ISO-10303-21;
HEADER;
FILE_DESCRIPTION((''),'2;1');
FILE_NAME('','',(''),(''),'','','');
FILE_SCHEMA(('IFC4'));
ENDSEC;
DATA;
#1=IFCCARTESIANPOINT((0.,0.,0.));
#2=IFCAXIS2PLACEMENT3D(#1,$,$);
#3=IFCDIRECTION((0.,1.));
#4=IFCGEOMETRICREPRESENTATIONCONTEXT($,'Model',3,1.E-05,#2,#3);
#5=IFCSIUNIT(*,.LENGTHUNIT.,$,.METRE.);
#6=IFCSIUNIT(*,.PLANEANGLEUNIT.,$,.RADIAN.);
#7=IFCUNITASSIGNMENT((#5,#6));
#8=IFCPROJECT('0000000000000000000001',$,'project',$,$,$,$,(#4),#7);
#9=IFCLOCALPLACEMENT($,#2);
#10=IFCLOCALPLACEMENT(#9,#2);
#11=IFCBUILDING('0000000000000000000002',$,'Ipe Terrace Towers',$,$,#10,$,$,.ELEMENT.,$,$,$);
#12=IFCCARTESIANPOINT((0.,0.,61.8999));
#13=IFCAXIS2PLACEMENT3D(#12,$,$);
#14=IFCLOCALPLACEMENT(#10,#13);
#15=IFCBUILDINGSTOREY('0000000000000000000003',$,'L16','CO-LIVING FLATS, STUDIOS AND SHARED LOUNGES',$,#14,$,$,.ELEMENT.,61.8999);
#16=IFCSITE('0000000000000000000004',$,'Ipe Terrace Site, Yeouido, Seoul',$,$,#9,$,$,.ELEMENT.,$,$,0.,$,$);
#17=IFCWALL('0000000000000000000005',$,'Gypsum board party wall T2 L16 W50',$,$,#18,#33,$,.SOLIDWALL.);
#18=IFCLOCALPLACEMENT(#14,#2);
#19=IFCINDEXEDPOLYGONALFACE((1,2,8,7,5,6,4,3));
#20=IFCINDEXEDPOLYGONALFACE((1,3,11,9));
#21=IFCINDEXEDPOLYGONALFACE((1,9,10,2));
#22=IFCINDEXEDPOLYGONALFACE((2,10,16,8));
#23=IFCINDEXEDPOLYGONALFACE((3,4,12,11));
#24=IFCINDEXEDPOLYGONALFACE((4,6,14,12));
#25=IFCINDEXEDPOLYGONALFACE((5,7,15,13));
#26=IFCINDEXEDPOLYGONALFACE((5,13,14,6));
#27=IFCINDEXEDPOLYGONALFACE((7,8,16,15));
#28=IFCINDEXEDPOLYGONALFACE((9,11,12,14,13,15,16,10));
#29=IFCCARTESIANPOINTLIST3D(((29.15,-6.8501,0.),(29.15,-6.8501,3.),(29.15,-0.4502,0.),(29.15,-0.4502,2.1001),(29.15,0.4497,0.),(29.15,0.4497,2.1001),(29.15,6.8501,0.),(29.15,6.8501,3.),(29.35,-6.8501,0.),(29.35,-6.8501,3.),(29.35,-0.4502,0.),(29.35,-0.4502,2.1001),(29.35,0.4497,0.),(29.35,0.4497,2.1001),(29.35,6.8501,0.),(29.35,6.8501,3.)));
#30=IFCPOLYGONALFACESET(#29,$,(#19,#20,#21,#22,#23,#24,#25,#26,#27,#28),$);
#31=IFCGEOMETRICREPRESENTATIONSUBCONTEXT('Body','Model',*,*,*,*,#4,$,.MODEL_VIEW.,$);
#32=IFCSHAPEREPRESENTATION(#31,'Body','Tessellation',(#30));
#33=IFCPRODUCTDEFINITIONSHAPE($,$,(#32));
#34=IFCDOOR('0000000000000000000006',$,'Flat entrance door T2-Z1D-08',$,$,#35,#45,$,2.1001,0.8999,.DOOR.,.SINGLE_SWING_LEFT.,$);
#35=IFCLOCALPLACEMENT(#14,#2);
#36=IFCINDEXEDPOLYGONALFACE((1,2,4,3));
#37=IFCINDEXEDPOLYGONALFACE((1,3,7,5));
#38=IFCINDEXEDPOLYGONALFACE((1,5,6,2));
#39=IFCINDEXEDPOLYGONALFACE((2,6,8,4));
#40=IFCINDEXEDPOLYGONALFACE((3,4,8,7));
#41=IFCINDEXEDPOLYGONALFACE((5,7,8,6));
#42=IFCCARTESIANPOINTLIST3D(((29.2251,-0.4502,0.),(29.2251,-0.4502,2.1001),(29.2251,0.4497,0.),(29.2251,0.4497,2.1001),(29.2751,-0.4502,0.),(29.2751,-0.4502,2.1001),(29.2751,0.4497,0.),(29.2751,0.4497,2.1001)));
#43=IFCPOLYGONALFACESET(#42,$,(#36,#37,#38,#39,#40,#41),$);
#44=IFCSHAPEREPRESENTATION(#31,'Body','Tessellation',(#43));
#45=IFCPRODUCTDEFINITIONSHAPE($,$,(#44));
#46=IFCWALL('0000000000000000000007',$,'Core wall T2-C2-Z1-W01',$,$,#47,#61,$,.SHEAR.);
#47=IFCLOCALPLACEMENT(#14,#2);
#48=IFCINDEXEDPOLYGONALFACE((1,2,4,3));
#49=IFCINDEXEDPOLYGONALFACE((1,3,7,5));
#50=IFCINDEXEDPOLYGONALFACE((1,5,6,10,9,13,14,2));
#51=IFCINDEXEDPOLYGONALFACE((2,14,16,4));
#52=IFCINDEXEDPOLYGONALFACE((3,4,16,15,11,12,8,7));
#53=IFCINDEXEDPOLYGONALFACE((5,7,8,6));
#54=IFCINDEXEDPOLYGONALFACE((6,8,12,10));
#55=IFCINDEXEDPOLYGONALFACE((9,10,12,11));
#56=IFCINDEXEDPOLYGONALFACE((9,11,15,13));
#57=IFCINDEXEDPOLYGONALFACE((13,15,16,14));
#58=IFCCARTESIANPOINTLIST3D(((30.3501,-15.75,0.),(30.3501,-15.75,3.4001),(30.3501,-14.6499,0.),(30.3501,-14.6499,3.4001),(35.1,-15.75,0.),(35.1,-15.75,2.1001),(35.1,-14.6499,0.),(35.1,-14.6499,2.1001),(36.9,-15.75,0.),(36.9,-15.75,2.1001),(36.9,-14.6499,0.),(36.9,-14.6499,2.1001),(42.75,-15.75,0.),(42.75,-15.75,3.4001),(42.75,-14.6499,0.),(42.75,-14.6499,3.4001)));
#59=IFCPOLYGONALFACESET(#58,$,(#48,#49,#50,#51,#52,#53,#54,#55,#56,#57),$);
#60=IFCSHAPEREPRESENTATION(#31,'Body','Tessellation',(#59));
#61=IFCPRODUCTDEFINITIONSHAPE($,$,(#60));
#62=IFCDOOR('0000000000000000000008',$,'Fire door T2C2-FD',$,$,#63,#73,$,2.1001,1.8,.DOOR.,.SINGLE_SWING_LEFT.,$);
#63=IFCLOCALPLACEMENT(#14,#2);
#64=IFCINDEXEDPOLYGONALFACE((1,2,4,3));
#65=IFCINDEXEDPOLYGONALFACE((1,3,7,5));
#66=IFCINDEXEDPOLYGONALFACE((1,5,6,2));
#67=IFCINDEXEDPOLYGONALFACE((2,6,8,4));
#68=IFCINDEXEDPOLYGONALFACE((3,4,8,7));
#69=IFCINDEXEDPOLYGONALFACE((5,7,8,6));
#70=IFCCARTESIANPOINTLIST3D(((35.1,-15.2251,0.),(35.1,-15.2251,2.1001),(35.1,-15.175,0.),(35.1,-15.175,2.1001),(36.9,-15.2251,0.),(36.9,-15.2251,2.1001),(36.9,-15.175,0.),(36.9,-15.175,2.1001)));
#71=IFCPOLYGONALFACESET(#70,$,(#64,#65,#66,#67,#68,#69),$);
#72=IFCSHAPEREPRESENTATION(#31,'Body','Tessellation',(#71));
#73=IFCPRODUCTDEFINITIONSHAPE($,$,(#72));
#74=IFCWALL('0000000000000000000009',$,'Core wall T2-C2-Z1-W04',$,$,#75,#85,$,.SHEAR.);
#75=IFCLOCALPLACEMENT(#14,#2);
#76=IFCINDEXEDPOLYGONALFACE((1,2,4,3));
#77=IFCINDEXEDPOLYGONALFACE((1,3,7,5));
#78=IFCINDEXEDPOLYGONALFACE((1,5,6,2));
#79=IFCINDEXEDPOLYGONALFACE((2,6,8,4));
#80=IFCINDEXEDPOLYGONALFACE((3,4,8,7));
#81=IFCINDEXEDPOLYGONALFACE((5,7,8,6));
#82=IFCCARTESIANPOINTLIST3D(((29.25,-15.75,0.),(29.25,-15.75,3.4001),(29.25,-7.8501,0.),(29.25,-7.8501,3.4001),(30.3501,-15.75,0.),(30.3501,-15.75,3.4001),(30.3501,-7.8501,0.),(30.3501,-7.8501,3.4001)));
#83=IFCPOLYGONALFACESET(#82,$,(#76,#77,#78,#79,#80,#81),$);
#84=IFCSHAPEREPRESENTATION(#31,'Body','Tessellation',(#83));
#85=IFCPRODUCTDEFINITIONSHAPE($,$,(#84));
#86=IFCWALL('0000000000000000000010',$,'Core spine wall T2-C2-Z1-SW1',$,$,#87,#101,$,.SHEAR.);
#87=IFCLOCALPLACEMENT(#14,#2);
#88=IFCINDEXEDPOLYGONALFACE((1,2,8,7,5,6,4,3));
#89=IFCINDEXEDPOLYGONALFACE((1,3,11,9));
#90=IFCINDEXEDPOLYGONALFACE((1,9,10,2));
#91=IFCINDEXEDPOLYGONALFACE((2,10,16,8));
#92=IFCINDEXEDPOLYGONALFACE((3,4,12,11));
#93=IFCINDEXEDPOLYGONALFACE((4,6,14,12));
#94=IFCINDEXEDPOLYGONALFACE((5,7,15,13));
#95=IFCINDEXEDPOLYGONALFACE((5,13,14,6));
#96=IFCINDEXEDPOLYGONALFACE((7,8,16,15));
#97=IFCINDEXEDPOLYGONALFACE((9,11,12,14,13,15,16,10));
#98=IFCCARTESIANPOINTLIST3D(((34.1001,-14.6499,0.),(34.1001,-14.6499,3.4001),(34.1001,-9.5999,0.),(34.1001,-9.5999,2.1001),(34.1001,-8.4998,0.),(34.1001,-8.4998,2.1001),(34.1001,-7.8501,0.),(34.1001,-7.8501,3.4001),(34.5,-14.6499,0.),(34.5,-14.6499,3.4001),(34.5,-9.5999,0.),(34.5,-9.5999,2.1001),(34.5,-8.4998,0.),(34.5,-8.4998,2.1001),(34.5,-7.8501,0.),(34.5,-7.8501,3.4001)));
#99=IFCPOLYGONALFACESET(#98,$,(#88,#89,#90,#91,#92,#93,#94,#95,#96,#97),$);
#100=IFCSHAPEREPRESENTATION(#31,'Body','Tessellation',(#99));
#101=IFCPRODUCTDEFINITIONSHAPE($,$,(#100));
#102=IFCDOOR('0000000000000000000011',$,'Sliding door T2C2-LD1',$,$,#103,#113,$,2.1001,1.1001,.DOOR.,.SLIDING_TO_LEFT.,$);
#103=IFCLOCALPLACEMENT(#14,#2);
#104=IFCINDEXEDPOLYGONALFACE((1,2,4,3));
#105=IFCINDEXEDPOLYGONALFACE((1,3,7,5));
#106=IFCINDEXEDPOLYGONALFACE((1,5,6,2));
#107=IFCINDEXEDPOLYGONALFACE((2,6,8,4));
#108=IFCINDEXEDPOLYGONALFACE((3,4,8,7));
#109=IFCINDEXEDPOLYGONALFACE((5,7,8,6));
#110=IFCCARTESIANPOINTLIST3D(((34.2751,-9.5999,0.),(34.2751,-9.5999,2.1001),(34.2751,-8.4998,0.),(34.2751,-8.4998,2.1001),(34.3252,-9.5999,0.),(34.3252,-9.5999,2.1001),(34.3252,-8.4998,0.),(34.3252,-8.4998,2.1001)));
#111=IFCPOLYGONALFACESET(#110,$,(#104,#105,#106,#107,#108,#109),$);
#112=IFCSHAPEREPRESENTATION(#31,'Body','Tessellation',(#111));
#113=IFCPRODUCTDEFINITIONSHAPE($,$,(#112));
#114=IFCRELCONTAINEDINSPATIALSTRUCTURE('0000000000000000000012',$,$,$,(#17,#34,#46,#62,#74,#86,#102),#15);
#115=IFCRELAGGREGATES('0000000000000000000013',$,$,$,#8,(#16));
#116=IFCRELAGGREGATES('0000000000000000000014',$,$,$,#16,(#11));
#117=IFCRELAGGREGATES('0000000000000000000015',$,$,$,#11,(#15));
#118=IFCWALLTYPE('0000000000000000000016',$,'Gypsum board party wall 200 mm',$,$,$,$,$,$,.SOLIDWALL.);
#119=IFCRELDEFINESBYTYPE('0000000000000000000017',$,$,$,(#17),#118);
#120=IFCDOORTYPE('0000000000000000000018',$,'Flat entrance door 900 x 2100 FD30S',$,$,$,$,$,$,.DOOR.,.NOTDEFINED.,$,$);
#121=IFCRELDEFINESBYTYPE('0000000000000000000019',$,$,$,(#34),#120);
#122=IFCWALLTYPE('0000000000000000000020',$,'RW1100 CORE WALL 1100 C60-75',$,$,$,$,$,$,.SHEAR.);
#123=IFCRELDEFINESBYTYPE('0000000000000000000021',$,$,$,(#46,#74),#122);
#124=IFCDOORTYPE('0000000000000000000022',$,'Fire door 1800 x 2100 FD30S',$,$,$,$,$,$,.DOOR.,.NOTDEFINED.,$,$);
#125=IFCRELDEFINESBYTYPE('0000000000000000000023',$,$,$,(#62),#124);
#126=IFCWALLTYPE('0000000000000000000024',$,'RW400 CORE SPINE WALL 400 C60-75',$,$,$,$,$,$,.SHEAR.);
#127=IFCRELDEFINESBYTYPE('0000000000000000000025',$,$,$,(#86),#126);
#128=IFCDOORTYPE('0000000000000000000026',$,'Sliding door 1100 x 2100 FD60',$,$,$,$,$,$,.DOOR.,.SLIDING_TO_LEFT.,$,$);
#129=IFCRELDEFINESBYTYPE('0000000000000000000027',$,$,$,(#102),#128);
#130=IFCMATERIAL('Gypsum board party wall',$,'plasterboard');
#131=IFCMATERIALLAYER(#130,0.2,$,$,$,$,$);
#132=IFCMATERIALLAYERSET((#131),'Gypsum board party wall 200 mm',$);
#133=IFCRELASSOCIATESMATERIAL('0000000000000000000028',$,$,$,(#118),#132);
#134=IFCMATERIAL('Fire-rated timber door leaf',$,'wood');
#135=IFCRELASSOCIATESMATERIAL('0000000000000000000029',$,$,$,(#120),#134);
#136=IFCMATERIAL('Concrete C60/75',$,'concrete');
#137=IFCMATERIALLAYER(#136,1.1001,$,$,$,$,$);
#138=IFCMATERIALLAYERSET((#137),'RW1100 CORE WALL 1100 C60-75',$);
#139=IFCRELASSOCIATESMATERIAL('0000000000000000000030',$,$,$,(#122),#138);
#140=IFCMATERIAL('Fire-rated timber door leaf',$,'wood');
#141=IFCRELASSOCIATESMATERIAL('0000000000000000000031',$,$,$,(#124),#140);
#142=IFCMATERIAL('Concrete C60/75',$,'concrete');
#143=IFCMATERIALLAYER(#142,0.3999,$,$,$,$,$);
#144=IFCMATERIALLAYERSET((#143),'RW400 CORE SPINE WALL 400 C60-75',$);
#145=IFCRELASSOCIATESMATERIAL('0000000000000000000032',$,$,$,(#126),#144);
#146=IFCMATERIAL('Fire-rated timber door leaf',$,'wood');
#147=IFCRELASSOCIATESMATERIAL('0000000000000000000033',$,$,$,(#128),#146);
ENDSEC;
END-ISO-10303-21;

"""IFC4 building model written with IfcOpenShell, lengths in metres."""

from ifc_helpers import new_model, si_unit, direction, frame, frame_2d, origin, place, context, subcontext, project, spatial, rectangle, extrude, material, layer, layer_set, type_object, element, fill, save


model = new_model("IFC4")

# Units and contexts
model_context = context("Model", 3, precision=1e-05, world=origin(), true_north=direction((0.0, 1.0)))
body_context = subcontext(model_context, "Body", "Model", "MODEL_VIEW")
ifc_project = project(units=[si_unit("LENGTHUNIT", "METRE"), si_unit("PLANEANGLEUNIT", "RADIAN")], contexts=[model_context])

# Site, building, storey
site_placement = place(None, origin())
site = spatial("IfcSite", under=ifc_project, at=site_placement, Name="Ipe Terrace Site, Yeouido, Seoul", CompositionType="ELEMENT", RefElevation=0.0)
building_placement = place(site_placement, origin())
building = spatial("IfcBuilding", under=site, at=building_placement, Name="Ipe Terrace Towers", CompositionType="ELEMENT")
storey_placement = place(building_placement, frame((0.0, 0.0, 61.8999)))
storey = spatial("IfcBuildingStorey", under=building, at=storey_placement, Name="L16", Description="CO-LIVING FLATS, STUDIOS AND SHARED LOUNGES", CompositionType="ELEMENT", Elevation=61.8999)

# Shared definitions
ifc_material_1 = material(Name="Gypsum board party wall", Category="plasterboard")
ifc_layer_1 = layer(ifc_material_1, 0.2)
ifc_layer_set_1 = layer_set([ifc_layer_1], Name="Gypsum board party wall 200 mm")
wall_type_1 = type_object("IfcWallType", Name="Gypsum board party wall 200 mm", PredefinedType="SOLIDWALL", material=ifc_layer_set_1)

# Walls, openings, doors
wall_1_placement = place(storey_placement, frame((29.25, -6.8501, 0.0), z_axis=(0.0, 0.0, 1.0), x_axis=(0.0, 1.0, 0.0)))
wall_1 = element("IfcWall", 1, at=wall_1_placement, inside=storey, type_object=wall_type_1, Name="Gypsum board party wall T2 L16 W50", PredefinedType="SOLIDWALL", context=body_context, shape_type="SweptSolid", body=[
    extrude(rectangle(XDim=13.7002, YDim=0.2, at=frame_2d((6.8501, 0.0))), origin(), (0.0, 0.0, 1.0), 3.0),
])
opening_1_placement = place(wall_1_placement, frame((6.3999, 0.0, 0.0)))
opening_1 = element("IfcOpeningElement", 2, at=opening_1_placement, cuts=wall_1, PredefinedType="OPENING", context=body_context, shape_type="SweptSolid", body=[
    extrude(rectangle(XDim=0.8999, YDim=2.1001, at=frame_2d((0.45, 1.05))), frame((0.0, 0.1099, 0.0), z_axis=(0.0, -1.0, 0.0), x_axis=(1.0, 0.0, 0.0)), (0.0, 0.0, 1.0), 0.22),
])
ifc_material_2 = material(Name="Fire-rated timber door leaf", Category="wood")
door_type_1 = type_object("IfcDoorType", Name="Flat entrance door 900 x 2100 FD30S", OperationType="NOTDEFINED", PredefinedType="DOOR", material=ifc_material_2)
door_1_placement = place(opening_1_placement, origin())
door_1 = element("IfcDoor", 3, at=door_1_placement, inside=storey, type_object=door_type_1, Name="Flat entrance door T2-Z1D-08", OperationType="SINGLE_SWING_LEFT", OverallHeight=2.1001, OverallWidth=0.8999, PredefinedType="DOOR", context=body_context, shape_type="SweptSolid", body=[
    extrude(rectangle(XDim=0.8999, YDim=2.1001, at=frame_2d((0.45, 1.05))), frame((0.0, 0.0249, 0.0), z_axis=(0.0, -1.0, 0.0), x_axis=(1.0, 0.0, 0.0)), (0.0, 0.0, 1.0), 0.05),
])
fill(opening_1, door_1)
ifc_material_3 = material(Name="Concrete C60/75", Category="concrete")
ifc_layer_2 = layer(ifc_material_3, 1.1001)
ifc_layer_set_2 = layer_set([ifc_layer_2], Name="RW1100 CORE WALL 1100 C60-75")
wall_type_2 = type_object("IfcWallType", Name="RW1100 CORE WALL 1100 C60-75", PredefinedType="SHEAR", material=ifc_layer_set_2)
wall_2_placement = place(storey_placement, frame((30.3501, -15.2, 0.0), z_axis=(0.0, 0.0, 1.0), x_axis=(1.0, 0.0, 0.0)))
wall_2 = element("IfcWall", 4, at=wall_2_placement, inside=storey, type_object=wall_type_2, Name="Core wall T2-C2-Z1-W01", PredefinedType="SHEAR", context=body_context, shape_type="SweptSolid", body=[
    extrude(rectangle(XDim=12.3999, YDim=1.1001, at=frame_2d((6.2, 0.0))), origin(), (0.0, 0.0, 1.0), 3.4001),
])
opening_2_placement = place(wall_2_placement, frame((4.75, 0.0, 0.0)))
opening_2 = element("IfcOpeningElement", 5, at=opening_2_placement, cuts=wall_2, PredefinedType="OPENING", context=body_context, shape_type="SweptSolid", body=[
    extrude(rectangle(XDim=1.8, YDim=2.1001, at=frame_2d((0.8999, 1.05))), frame((0.0, 0.5601, 0.0), z_axis=(0.0, -1.0, 0.0), x_axis=(1.0, 0.0, 0.0)), (0.0, 0.0, 1.0), 1.1201),
])
ifc_material_4 = material(Name="Fire-rated timber door leaf", Category="wood")
door_type_2 = type_object("IfcDoorType", Name="Fire door 1800 x 2100 FD30S", OperationType="NOTDEFINED", PredefinedType="DOOR", material=ifc_material_4)
door_2_placement = place(opening_2_placement, origin())
door_2 = element("IfcDoor", 6, at=door_2_placement, inside=storey, type_object=door_type_2, Name="Fire door T2C2-FD", OperationType="SINGLE_SWING_LEFT", OverallHeight=2.1001, OverallWidth=1.8, PredefinedType="DOOR", context=body_context, shape_type="SweptSolid", body=[
    extrude(rectangle(XDim=1.8, YDim=2.1001, at=frame_2d((0.8999, 1.05))), frame((0.0, 0.0249, 0.0), z_axis=(0.0, -1.0, 0.0), x_axis=(1.0, 0.0, 0.0)), (0.0, 0.0, 1.0), 0.05),
])
fill(opening_2, door_2)

# Wall
wall_3_placement = place(storey_placement, frame((29.8, -7.8501, 0.0), z_axis=(0.0, 0.0, 1.0), x_axis=(0.0, -1.0, 0.0)))
element("IfcWall", 7, at=wall_3_placement, inside=storey, type_object=wall_type_2, Name="Core wall T2-C2-Z1-W04", PredefinedType="SHEAR", context=body_context, shape_type="SweptSolid", body=[
    extrude(rectangle(XDim=7.8999, YDim=1.1001, at=frame_2d((3.95, 0.0))), origin(), (0.0, 0.0, 1.0), 3.4001),
])

# Wall, opening, door
ifc_material_5 = material(Name="Concrete C60/75", Category="concrete")
ifc_layer_3 = layer(ifc_material_5, 0.3999)
ifc_layer_set_3 = layer_set([ifc_layer_3], Name="RW400 CORE SPINE WALL 400 C60-75")
wall_type_3 = type_object("IfcWallType", Name="RW400 CORE SPINE WALL 400 C60-75", PredefinedType="SHEAR", material=ifc_layer_set_3)
wall_4_placement = place(storey_placement, frame((34.3, -14.6499, 0.0), z_axis=(0.0, 0.0, 1.0), x_axis=(0.0, 1.0, 0.0)))
wall_4 = element("IfcWall", 8, at=wall_4_placement, inside=storey, type_object=wall_type_3, Name="Core spine wall T2-C2-Z1-SW1", PredefinedType="SHEAR", context=body_context, shape_type="SweptSolid", body=[
    extrude(rectangle(XDim=6.7998, YDim=0.3999, at=frame_2d((3.3999, 0.0))), origin(), (0.0, 0.0, 1.0), 3.4001),
])
opening_3_placement = place(wall_4_placement, frame((5.05, 0.0, 0.0)))
opening_3 = element("IfcOpeningElement", 9, at=opening_3_placement, cuts=wall_4, PredefinedType="OPENING", context=body_context, shape_type="SweptSolid", body=[
    extrude(rectangle(XDim=1.1001, YDim=2.1001, at=frame_2d((0.55, 1.05))), frame((0.0, 0.21, 0.0), z_axis=(0.0, -1.0, 0.0), x_axis=(1.0, 0.0, 0.0)), (0.0, 0.0, 1.0), 0.4199),
])
ifc_material_6 = material(Name="Fire-rated timber door leaf", Category="wood")
door_type_3 = type_object("IfcDoorType", Name="Sliding door 1100 x 2100 FD60", OperationType="SLIDING_TO_LEFT", PredefinedType="DOOR", material=ifc_material_6)
door_3_placement = place(opening_3_placement, origin())
door_3 = element("IfcDoor", 10, at=door_3_placement, inside=storey, type_object=door_type_3, Name="Sliding door T2C2-LD1", OperationType="SLIDING_TO_LEFT", OverallHeight=2.1001, OverallWidth=1.1001, PredefinedType="DOOR", context=body_context, shape_type="SweptSolid", body=[
    extrude(rectangle(XDim=1.1001, YDim=2.1001, at=frame_2d((0.55, 1.05))), frame((0.0, 0.0249, 0.0), z_axis=(0.0, -1.0, 0.0), x_axis=(1.0, 0.0, 0.0)), (0.0, 0.0, 1.0), 0.05),
])
fill(opening_3, door_3)

save(model, "model.ifc")
